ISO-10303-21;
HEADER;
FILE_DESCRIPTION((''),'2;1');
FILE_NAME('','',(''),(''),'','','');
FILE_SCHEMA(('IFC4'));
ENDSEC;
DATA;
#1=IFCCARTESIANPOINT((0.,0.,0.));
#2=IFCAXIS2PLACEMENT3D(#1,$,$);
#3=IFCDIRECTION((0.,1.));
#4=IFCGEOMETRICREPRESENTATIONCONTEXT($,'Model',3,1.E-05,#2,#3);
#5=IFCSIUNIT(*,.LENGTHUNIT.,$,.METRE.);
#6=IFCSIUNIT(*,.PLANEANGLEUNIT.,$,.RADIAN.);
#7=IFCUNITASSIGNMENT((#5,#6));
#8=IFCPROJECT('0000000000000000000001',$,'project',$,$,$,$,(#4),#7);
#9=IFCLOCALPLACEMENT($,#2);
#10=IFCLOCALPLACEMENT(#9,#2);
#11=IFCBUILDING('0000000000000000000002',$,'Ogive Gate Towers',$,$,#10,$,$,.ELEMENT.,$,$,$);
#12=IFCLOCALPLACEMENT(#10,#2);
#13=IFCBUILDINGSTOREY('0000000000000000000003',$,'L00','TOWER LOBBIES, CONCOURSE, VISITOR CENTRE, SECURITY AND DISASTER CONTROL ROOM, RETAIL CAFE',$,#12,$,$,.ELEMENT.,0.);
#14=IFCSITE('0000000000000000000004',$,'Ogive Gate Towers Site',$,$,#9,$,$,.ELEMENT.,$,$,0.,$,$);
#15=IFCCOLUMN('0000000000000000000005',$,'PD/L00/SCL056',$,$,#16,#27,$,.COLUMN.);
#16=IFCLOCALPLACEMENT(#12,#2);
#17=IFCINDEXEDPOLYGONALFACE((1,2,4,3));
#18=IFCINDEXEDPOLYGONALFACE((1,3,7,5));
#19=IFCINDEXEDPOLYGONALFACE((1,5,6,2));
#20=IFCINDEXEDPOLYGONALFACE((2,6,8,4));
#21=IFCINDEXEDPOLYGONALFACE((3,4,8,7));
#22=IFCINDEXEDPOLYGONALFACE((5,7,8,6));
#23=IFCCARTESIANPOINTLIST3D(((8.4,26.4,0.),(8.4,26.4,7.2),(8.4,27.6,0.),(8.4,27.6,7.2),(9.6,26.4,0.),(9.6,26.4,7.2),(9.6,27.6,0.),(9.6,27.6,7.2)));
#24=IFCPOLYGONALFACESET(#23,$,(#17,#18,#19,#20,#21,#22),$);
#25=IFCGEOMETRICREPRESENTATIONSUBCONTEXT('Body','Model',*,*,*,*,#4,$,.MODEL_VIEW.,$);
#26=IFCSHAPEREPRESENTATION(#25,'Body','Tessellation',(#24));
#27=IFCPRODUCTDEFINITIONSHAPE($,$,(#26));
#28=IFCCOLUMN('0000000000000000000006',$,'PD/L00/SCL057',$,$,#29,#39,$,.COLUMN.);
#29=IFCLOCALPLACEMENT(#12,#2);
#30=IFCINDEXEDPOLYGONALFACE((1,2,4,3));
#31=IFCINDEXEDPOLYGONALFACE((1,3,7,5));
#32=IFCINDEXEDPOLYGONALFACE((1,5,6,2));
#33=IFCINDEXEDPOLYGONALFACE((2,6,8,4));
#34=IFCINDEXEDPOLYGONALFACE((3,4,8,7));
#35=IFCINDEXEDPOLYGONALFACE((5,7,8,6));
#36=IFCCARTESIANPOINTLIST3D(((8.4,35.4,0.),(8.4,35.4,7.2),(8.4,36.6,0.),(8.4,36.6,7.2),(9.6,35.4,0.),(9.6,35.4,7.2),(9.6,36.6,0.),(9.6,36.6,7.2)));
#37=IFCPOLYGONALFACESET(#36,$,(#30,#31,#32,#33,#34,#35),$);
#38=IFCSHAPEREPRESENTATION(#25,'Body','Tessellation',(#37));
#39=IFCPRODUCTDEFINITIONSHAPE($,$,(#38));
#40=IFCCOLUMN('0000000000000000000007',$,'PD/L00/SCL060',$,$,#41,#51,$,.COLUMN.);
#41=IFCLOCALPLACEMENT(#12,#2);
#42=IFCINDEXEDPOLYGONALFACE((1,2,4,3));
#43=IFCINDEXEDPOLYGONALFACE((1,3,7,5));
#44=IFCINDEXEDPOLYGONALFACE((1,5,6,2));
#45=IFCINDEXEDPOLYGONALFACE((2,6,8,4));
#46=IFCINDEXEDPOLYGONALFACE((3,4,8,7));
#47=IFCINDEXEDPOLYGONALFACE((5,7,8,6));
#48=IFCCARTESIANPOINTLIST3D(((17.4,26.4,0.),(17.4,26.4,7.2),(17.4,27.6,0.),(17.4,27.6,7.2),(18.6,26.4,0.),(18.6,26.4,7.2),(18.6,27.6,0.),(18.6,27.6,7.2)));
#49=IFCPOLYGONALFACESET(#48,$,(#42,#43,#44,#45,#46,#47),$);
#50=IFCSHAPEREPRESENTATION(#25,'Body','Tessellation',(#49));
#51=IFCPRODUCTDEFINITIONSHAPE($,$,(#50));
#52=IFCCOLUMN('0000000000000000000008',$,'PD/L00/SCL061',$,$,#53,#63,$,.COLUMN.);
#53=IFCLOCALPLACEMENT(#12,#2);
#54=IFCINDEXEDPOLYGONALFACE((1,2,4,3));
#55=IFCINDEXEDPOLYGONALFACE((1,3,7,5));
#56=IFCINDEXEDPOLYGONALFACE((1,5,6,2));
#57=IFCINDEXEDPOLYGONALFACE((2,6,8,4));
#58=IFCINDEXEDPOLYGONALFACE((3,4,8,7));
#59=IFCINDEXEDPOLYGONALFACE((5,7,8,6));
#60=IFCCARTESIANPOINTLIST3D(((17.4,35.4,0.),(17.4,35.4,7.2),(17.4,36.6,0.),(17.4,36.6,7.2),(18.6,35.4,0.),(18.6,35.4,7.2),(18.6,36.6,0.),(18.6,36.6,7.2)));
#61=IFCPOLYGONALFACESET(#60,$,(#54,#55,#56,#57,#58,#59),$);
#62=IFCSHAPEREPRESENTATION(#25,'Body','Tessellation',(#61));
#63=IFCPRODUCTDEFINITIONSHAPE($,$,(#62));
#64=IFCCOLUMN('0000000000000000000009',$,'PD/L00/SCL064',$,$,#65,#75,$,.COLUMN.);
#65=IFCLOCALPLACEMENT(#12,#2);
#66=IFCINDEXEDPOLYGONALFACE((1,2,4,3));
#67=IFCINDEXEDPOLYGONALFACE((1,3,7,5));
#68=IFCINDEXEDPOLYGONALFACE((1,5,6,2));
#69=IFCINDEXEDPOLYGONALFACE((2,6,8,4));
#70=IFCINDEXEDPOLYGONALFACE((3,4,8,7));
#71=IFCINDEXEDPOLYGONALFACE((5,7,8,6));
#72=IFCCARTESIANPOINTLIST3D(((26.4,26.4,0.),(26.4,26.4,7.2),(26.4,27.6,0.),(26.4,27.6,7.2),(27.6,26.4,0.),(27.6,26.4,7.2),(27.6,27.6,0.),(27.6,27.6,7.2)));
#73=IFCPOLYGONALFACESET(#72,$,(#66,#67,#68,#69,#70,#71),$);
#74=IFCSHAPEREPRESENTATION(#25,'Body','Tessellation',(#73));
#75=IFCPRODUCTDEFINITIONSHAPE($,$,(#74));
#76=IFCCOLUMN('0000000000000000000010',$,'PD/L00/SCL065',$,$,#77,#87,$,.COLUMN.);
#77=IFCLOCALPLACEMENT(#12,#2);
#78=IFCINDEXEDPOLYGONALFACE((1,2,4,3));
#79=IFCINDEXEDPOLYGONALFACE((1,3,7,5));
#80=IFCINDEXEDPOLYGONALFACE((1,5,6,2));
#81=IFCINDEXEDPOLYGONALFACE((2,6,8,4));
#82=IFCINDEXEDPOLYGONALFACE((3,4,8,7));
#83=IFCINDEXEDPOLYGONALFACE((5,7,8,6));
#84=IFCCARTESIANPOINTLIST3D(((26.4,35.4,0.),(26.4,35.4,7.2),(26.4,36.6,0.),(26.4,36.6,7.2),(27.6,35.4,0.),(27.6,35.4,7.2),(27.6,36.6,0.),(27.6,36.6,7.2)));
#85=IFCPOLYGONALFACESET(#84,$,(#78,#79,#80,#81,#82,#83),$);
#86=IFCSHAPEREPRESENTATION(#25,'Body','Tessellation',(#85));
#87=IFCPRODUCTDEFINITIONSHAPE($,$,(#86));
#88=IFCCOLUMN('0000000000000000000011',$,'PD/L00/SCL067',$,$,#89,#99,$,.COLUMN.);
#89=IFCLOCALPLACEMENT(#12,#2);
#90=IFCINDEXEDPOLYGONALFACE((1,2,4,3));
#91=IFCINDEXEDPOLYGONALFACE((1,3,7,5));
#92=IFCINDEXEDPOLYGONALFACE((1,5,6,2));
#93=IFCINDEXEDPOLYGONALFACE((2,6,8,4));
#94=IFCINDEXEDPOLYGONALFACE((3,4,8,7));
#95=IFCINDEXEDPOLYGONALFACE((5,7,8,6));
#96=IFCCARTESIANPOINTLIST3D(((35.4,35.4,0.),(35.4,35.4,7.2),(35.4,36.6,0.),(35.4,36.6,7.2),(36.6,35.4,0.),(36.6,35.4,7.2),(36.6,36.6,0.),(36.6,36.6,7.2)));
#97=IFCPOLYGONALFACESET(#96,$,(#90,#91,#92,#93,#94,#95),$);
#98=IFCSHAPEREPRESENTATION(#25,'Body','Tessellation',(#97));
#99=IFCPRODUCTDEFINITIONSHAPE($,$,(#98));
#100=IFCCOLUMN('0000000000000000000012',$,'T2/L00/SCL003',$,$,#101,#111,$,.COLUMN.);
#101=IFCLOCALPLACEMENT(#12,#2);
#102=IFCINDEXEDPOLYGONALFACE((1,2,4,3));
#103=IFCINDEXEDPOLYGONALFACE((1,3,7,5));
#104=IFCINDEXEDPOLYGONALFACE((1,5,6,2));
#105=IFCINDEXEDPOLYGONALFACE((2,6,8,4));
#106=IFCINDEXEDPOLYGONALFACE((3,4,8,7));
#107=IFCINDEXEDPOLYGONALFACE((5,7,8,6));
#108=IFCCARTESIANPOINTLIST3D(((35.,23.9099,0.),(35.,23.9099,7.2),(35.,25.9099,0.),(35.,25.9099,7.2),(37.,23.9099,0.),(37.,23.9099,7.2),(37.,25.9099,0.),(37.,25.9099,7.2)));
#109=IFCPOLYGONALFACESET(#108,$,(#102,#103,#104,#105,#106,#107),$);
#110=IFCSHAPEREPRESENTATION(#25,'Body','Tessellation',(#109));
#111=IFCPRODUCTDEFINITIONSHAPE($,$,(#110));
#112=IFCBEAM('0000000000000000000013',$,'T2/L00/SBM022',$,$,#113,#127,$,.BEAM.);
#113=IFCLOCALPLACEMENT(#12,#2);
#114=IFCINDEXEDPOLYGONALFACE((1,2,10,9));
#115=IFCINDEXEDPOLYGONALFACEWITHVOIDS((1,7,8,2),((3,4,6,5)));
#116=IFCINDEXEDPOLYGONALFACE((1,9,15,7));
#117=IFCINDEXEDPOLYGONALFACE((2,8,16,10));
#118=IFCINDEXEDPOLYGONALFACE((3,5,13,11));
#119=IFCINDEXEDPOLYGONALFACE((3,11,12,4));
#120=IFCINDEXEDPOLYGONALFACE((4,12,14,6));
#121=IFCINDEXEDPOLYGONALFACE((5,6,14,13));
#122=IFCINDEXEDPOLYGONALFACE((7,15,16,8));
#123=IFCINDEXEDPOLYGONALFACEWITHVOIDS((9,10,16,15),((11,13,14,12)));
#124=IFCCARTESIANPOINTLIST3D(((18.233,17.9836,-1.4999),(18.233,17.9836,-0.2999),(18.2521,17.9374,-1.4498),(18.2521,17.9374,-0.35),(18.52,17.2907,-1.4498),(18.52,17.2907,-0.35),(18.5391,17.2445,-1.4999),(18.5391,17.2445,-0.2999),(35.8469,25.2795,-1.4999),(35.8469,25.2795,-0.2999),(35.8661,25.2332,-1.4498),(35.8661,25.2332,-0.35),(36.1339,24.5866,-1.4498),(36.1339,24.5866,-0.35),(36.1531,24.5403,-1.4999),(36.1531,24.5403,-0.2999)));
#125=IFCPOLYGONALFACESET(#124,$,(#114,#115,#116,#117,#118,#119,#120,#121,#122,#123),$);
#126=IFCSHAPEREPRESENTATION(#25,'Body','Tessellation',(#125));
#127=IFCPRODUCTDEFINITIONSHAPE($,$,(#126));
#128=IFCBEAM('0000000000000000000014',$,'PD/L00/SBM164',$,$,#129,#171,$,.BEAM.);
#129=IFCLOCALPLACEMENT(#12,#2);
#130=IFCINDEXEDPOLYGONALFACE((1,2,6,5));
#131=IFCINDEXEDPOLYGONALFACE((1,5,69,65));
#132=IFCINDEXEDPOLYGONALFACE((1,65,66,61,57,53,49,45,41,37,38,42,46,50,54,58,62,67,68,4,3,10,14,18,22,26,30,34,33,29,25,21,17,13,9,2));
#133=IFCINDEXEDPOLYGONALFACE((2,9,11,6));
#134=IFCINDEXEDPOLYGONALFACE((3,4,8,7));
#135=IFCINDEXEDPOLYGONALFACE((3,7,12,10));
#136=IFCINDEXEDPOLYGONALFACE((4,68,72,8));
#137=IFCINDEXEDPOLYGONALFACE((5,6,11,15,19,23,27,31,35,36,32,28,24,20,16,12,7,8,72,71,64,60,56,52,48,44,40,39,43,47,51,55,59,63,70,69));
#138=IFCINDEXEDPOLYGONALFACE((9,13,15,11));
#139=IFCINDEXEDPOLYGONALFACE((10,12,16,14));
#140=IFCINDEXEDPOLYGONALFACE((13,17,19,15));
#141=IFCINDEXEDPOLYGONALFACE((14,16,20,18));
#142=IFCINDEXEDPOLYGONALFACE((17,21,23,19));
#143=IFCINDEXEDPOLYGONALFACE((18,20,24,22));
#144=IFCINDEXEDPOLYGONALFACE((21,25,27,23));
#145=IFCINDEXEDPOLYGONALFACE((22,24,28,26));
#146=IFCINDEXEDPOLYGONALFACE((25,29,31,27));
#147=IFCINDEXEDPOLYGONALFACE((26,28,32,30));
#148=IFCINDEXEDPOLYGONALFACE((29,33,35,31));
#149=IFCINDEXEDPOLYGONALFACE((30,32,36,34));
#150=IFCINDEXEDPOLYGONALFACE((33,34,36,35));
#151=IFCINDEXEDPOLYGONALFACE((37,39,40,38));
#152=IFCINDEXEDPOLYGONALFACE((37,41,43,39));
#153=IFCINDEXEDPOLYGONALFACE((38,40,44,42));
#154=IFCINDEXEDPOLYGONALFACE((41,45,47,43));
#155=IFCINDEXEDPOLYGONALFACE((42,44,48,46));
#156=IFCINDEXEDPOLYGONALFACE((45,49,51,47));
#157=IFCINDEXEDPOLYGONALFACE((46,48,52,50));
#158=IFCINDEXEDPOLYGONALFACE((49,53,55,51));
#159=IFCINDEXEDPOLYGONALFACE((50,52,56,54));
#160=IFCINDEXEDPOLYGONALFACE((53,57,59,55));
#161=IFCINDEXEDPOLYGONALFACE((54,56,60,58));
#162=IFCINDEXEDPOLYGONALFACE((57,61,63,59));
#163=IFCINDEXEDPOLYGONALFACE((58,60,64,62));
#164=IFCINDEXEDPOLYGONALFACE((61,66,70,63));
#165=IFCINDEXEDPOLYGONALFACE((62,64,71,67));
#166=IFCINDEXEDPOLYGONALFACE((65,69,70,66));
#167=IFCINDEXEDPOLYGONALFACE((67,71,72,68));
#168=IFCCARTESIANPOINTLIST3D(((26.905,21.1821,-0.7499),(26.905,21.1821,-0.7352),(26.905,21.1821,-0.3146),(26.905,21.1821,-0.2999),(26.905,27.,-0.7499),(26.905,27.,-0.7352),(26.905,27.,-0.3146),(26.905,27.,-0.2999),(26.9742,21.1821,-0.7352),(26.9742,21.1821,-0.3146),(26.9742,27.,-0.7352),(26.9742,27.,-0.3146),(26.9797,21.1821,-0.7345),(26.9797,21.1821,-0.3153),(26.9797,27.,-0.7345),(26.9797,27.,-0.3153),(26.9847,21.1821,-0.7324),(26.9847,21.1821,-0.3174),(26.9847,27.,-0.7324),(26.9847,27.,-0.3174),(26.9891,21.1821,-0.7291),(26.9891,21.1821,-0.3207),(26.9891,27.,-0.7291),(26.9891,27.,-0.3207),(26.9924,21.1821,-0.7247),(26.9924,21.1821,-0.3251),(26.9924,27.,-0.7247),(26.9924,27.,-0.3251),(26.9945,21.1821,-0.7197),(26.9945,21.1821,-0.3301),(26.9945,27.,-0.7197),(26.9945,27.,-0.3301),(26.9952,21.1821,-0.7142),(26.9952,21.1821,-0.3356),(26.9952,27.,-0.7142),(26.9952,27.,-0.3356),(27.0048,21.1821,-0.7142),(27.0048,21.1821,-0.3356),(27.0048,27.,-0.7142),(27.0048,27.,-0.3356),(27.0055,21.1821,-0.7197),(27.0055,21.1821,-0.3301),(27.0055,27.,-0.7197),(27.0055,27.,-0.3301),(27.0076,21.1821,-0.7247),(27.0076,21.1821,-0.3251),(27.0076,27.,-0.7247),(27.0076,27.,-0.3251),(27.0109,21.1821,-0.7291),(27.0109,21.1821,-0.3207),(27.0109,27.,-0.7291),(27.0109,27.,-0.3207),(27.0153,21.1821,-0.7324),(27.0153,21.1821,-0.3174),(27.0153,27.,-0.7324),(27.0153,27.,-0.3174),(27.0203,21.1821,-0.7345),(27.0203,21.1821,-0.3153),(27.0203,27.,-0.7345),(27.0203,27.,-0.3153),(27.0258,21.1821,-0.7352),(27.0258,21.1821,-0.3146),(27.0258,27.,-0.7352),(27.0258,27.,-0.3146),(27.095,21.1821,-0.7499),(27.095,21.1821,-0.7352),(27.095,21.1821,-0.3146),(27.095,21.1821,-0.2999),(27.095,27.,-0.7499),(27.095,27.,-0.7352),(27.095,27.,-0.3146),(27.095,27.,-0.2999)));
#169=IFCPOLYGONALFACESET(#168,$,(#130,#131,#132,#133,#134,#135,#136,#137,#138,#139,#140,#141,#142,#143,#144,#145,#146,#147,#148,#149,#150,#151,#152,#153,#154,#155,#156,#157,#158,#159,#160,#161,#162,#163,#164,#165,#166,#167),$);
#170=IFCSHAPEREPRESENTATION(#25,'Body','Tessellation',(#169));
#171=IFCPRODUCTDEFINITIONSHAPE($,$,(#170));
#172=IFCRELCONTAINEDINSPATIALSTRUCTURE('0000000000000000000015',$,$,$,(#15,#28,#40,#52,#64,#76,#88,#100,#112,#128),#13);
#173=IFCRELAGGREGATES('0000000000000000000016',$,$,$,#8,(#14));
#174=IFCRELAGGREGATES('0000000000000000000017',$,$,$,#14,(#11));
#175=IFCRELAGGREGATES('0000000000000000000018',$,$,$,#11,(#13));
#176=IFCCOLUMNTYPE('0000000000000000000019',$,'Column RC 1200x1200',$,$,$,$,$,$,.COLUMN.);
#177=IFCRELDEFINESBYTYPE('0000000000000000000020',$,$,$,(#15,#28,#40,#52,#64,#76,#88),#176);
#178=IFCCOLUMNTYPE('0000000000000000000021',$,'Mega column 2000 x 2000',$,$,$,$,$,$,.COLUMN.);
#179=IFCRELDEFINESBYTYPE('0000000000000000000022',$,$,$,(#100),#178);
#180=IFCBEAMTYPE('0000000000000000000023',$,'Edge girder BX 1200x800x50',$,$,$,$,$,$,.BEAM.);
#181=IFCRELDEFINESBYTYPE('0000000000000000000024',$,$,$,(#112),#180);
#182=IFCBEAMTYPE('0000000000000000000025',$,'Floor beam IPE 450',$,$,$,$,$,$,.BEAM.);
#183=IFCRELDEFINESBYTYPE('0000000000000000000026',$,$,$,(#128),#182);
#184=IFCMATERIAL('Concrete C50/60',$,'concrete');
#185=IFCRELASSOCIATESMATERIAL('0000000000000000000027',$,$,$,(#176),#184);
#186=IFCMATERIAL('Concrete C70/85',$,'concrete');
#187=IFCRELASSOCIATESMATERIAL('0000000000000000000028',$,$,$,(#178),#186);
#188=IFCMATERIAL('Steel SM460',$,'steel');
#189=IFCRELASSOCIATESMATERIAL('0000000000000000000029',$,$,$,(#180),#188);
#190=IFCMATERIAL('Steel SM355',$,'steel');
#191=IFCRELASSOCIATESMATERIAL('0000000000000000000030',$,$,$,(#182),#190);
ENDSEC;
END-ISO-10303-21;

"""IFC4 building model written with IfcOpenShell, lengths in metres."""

from ifc_helpers import new_model, si_unit, direction, frame, origin, origin_2d, place, context, subcontext, project, spatial, rectangle, hollow_rectangle, i_section, extrude, material, material_profile, profile_set, type_object, element, save


model = new_model("IFC4")

# Units and contexts
model_context = context("Model", 3, precision=1e-05, world=origin(), true_north=direction((0.0, 1.0)))
body_context = subcontext(model_context, "Body", "Model", "MODEL_VIEW")
ifc_project = project(units=[si_unit("LENGTHUNIT", "METRE"), si_unit("PLANEANGLEUNIT", "RADIAN")], contexts=[model_context])

# Site, building, storey
site_placement = place(None, origin())
site = spatial("IfcSite", under=ifc_project, at=site_placement, Name="Ogive Gate Towers Site", CompositionType="ELEMENT", RefElevation=0.0)
building_placement = place(site_placement, origin())
building = spatial("IfcBuilding", under=site, at=building_placement, Name="Ogive Gate Towers", CompositionType="ELEMENT")
storey_placement = place(building_placement, origin())
storey = spatial("IfcBuildingStorey", under=building, at=storey_placement, Name="L00", Description="TOWER LOBBIES, CONCOURSE, VISITOR CENTRE, SECURITY AND DISASTER CONTROL ROOM, RETAIL CAFE", CompositionType="ELEMENT", Elevation=0.0)

# Columns
ifc_material_1 = material(Name="Concrete C50/60", Category="concrete")
ifc_material_profile_1 = material_profile(ifc_material_1, rectangle(XDim=1.2, YDim=1.2, at=origin_2d()), Name="RC 1200x1200")
ifc_profile_set_1 = profile_set([ifc_material_profile_1], Name="Concrete C50/60")
column_type_1 = type_object("IfcColumnType", Name="Column RC 1200x1200", PredefinedType="COLUMN", material=ifc_profile_set_1)
for number, where, z_axis, x_axis, name in (
    (1, (9.0, 27.0, 0.0), (0.0, 0.0, 1.0), (1.0, 0.0, 0.0), "PD/L00/SCL056"),
    (2, (9.0, 36.0, 0.0), (0.0, 0.0, 1.0), (1.0, 0.0, 0.0), "PD/L00/SCL057"),
    (3, (18.0, 27.0, 0.0), (0.0, 0.0, 1.0), (1.0, 0.0, 0.0), "PD/L00/SCL060"),
    (4, (18.0, 36.0, 0.0), (0.0, 0.0, 1.0), (1.0, 0.0, 0.0), "PD/L00/SCL061"),
    (5, (27.0, 27.0, 0.0), (0.0, 0.0, 1.0), (1.0, 0.0, 0.0), "PD/L00/SCL064"),
    (6, (27.0, 36.0, 0.0), (0.0, 0.0, 1.0), (1.0, 0.0, 0.0), "PD/L00/SCL065"),
    (7, (36.0, 36.0, 0.0), (0.0, 0.0, 1.0), (1.0, 0.0, 0.0), "PD/L00/SCL067"),
):
    element("IfcColumn", number, at=place(storey_placement, frame(where, z_axis=z_axis, x_axis=x_axis)), inside=storey, type_object=column_type_1, Name=name, PredefinedType="COLUMN", context=body_context, shape_type="SweptSolid", body=[
        extrude(rectangle(XDim=1.2, YDim=1.2, at=origin_2d()), origin(), (0.0, 0.0, 1.0), 7.2),
    ])
ifc_material_2 = material(Name="Concrete C70/85", Category="concrete")
ifc_material_profile_2 = material_profile(ifc_material_2, rectangle(XDim=2.0, YDim=2.0, at=origin_2d()), Name="RC 2000x2000")
ifc_profile_set_2 = profile_set([ifc_material_profile_2], Name="Concrete C70/85")
column_type_2 = type_object("IfcColumnType", Name="Mega column 2000 x 2000", PredefinedType="COLUMN", material=ifc_profile_set_2)
column_placement = place(storey_placement, frame((36.0, 24.9099, 0.0), z_axis=(0.0, 0.0, 1.0), x_axis=(0.0, 1.0, 0.0)))
element("IfcColumn", 8, at=column_placement, inside=storey, type_object=column_type_2, Name="T2/L00/SCL003", PredefinedType="COLUMN", context=body_context, shape_type="SweptSolid", body=[
    extrude(rectangle(XDim=2.0, YDim=2.0, at=origin_2d()), origin(), (0.0, 0.0, 1.0), 7.2),
])

# Beams
ifc_material_3 = material(Name="Steel SM460", Category="steel")
ifc_material_profile_3 = material_profile(ifc_material_3, hollow_rectangle(XDim=0.8, YDim=1.2, WallThickness=0.05, at=origin_2d()), Name="BX 1200x800x50")
ifc_profile_set_3 = profile_set([ifc_material_profile_3], Name="Steel SM460")
beam_type_1 = type_object("IfcBeamType", Name="Edge girder BX 1200x800x50", PredefinedType="BEAM", material=ifc_profile_set_3)
beam_1_placement = place(storey_placement, frame((36.0, 24.9099, -0.8999), z_axis=(-0.923881, -0.382681, 0.0), x_axis=(0.382681, -0.923881, 0.0)))
element("IfcBeam", 9, at=beam_1_placement, inside=storey, type_object=beam_type_1, Name="T2/L00/SBM022", PredefinedType="BEAM", context=body_context, shape_type="SweptSolid", body=[
    extrude(hollow_rectangle(XDim=0.8, YDim=1.2, WallThickness=0.05, at=origin_2d()), origin(), (0.0, 0.0, 1.0), 19.0652),
])
ifc_material_4 = material(Name="Steel SM355", Category="steel")
ifc_material_profile_4 = material_profile(ifc_material_4, i_section(OverallWidth=0.1899, OverallDepth=0.45, WebThickness=0.0095, FlangeThickness=0.0146, FilletRadius=0.021, at=origin_2d()), Name="IPE 450")
ifc_profile_set_4 = profile_set([ifc_material_profile_4], Name="Steel SM355")
beam_type_2 = type_object("IfcBeamType", Name="Floor beam IPE 450", PredefinedType="BEAM", material=ifc_profile_set_4)
beam_2_placement = place(storey_placement, frame((27.0, 27.0, -0.5249), z_axis=(0.0, -1.0, 0.0), x_axis=(1.0, 0.0, 0.0)))
element("IfcBeam", 10, at=beam_2_placement, inside=storey, type_object=beam_type_2, Name="PD/L00/SBM164", PredefinedType="BEAM", context=body_context, shape_type="SweptSolid", body=[
    extrude(i_section(OverallWidth=0.1899, OverallDepth=0.45, WebThickness=0.0095, FlangeThickness=0.0146, FilletRadius=0.021, at=origin_2d()), origin(), (0.0, 0.0, 1.0), 5.8179),
])

save(model, "model.ifc")
